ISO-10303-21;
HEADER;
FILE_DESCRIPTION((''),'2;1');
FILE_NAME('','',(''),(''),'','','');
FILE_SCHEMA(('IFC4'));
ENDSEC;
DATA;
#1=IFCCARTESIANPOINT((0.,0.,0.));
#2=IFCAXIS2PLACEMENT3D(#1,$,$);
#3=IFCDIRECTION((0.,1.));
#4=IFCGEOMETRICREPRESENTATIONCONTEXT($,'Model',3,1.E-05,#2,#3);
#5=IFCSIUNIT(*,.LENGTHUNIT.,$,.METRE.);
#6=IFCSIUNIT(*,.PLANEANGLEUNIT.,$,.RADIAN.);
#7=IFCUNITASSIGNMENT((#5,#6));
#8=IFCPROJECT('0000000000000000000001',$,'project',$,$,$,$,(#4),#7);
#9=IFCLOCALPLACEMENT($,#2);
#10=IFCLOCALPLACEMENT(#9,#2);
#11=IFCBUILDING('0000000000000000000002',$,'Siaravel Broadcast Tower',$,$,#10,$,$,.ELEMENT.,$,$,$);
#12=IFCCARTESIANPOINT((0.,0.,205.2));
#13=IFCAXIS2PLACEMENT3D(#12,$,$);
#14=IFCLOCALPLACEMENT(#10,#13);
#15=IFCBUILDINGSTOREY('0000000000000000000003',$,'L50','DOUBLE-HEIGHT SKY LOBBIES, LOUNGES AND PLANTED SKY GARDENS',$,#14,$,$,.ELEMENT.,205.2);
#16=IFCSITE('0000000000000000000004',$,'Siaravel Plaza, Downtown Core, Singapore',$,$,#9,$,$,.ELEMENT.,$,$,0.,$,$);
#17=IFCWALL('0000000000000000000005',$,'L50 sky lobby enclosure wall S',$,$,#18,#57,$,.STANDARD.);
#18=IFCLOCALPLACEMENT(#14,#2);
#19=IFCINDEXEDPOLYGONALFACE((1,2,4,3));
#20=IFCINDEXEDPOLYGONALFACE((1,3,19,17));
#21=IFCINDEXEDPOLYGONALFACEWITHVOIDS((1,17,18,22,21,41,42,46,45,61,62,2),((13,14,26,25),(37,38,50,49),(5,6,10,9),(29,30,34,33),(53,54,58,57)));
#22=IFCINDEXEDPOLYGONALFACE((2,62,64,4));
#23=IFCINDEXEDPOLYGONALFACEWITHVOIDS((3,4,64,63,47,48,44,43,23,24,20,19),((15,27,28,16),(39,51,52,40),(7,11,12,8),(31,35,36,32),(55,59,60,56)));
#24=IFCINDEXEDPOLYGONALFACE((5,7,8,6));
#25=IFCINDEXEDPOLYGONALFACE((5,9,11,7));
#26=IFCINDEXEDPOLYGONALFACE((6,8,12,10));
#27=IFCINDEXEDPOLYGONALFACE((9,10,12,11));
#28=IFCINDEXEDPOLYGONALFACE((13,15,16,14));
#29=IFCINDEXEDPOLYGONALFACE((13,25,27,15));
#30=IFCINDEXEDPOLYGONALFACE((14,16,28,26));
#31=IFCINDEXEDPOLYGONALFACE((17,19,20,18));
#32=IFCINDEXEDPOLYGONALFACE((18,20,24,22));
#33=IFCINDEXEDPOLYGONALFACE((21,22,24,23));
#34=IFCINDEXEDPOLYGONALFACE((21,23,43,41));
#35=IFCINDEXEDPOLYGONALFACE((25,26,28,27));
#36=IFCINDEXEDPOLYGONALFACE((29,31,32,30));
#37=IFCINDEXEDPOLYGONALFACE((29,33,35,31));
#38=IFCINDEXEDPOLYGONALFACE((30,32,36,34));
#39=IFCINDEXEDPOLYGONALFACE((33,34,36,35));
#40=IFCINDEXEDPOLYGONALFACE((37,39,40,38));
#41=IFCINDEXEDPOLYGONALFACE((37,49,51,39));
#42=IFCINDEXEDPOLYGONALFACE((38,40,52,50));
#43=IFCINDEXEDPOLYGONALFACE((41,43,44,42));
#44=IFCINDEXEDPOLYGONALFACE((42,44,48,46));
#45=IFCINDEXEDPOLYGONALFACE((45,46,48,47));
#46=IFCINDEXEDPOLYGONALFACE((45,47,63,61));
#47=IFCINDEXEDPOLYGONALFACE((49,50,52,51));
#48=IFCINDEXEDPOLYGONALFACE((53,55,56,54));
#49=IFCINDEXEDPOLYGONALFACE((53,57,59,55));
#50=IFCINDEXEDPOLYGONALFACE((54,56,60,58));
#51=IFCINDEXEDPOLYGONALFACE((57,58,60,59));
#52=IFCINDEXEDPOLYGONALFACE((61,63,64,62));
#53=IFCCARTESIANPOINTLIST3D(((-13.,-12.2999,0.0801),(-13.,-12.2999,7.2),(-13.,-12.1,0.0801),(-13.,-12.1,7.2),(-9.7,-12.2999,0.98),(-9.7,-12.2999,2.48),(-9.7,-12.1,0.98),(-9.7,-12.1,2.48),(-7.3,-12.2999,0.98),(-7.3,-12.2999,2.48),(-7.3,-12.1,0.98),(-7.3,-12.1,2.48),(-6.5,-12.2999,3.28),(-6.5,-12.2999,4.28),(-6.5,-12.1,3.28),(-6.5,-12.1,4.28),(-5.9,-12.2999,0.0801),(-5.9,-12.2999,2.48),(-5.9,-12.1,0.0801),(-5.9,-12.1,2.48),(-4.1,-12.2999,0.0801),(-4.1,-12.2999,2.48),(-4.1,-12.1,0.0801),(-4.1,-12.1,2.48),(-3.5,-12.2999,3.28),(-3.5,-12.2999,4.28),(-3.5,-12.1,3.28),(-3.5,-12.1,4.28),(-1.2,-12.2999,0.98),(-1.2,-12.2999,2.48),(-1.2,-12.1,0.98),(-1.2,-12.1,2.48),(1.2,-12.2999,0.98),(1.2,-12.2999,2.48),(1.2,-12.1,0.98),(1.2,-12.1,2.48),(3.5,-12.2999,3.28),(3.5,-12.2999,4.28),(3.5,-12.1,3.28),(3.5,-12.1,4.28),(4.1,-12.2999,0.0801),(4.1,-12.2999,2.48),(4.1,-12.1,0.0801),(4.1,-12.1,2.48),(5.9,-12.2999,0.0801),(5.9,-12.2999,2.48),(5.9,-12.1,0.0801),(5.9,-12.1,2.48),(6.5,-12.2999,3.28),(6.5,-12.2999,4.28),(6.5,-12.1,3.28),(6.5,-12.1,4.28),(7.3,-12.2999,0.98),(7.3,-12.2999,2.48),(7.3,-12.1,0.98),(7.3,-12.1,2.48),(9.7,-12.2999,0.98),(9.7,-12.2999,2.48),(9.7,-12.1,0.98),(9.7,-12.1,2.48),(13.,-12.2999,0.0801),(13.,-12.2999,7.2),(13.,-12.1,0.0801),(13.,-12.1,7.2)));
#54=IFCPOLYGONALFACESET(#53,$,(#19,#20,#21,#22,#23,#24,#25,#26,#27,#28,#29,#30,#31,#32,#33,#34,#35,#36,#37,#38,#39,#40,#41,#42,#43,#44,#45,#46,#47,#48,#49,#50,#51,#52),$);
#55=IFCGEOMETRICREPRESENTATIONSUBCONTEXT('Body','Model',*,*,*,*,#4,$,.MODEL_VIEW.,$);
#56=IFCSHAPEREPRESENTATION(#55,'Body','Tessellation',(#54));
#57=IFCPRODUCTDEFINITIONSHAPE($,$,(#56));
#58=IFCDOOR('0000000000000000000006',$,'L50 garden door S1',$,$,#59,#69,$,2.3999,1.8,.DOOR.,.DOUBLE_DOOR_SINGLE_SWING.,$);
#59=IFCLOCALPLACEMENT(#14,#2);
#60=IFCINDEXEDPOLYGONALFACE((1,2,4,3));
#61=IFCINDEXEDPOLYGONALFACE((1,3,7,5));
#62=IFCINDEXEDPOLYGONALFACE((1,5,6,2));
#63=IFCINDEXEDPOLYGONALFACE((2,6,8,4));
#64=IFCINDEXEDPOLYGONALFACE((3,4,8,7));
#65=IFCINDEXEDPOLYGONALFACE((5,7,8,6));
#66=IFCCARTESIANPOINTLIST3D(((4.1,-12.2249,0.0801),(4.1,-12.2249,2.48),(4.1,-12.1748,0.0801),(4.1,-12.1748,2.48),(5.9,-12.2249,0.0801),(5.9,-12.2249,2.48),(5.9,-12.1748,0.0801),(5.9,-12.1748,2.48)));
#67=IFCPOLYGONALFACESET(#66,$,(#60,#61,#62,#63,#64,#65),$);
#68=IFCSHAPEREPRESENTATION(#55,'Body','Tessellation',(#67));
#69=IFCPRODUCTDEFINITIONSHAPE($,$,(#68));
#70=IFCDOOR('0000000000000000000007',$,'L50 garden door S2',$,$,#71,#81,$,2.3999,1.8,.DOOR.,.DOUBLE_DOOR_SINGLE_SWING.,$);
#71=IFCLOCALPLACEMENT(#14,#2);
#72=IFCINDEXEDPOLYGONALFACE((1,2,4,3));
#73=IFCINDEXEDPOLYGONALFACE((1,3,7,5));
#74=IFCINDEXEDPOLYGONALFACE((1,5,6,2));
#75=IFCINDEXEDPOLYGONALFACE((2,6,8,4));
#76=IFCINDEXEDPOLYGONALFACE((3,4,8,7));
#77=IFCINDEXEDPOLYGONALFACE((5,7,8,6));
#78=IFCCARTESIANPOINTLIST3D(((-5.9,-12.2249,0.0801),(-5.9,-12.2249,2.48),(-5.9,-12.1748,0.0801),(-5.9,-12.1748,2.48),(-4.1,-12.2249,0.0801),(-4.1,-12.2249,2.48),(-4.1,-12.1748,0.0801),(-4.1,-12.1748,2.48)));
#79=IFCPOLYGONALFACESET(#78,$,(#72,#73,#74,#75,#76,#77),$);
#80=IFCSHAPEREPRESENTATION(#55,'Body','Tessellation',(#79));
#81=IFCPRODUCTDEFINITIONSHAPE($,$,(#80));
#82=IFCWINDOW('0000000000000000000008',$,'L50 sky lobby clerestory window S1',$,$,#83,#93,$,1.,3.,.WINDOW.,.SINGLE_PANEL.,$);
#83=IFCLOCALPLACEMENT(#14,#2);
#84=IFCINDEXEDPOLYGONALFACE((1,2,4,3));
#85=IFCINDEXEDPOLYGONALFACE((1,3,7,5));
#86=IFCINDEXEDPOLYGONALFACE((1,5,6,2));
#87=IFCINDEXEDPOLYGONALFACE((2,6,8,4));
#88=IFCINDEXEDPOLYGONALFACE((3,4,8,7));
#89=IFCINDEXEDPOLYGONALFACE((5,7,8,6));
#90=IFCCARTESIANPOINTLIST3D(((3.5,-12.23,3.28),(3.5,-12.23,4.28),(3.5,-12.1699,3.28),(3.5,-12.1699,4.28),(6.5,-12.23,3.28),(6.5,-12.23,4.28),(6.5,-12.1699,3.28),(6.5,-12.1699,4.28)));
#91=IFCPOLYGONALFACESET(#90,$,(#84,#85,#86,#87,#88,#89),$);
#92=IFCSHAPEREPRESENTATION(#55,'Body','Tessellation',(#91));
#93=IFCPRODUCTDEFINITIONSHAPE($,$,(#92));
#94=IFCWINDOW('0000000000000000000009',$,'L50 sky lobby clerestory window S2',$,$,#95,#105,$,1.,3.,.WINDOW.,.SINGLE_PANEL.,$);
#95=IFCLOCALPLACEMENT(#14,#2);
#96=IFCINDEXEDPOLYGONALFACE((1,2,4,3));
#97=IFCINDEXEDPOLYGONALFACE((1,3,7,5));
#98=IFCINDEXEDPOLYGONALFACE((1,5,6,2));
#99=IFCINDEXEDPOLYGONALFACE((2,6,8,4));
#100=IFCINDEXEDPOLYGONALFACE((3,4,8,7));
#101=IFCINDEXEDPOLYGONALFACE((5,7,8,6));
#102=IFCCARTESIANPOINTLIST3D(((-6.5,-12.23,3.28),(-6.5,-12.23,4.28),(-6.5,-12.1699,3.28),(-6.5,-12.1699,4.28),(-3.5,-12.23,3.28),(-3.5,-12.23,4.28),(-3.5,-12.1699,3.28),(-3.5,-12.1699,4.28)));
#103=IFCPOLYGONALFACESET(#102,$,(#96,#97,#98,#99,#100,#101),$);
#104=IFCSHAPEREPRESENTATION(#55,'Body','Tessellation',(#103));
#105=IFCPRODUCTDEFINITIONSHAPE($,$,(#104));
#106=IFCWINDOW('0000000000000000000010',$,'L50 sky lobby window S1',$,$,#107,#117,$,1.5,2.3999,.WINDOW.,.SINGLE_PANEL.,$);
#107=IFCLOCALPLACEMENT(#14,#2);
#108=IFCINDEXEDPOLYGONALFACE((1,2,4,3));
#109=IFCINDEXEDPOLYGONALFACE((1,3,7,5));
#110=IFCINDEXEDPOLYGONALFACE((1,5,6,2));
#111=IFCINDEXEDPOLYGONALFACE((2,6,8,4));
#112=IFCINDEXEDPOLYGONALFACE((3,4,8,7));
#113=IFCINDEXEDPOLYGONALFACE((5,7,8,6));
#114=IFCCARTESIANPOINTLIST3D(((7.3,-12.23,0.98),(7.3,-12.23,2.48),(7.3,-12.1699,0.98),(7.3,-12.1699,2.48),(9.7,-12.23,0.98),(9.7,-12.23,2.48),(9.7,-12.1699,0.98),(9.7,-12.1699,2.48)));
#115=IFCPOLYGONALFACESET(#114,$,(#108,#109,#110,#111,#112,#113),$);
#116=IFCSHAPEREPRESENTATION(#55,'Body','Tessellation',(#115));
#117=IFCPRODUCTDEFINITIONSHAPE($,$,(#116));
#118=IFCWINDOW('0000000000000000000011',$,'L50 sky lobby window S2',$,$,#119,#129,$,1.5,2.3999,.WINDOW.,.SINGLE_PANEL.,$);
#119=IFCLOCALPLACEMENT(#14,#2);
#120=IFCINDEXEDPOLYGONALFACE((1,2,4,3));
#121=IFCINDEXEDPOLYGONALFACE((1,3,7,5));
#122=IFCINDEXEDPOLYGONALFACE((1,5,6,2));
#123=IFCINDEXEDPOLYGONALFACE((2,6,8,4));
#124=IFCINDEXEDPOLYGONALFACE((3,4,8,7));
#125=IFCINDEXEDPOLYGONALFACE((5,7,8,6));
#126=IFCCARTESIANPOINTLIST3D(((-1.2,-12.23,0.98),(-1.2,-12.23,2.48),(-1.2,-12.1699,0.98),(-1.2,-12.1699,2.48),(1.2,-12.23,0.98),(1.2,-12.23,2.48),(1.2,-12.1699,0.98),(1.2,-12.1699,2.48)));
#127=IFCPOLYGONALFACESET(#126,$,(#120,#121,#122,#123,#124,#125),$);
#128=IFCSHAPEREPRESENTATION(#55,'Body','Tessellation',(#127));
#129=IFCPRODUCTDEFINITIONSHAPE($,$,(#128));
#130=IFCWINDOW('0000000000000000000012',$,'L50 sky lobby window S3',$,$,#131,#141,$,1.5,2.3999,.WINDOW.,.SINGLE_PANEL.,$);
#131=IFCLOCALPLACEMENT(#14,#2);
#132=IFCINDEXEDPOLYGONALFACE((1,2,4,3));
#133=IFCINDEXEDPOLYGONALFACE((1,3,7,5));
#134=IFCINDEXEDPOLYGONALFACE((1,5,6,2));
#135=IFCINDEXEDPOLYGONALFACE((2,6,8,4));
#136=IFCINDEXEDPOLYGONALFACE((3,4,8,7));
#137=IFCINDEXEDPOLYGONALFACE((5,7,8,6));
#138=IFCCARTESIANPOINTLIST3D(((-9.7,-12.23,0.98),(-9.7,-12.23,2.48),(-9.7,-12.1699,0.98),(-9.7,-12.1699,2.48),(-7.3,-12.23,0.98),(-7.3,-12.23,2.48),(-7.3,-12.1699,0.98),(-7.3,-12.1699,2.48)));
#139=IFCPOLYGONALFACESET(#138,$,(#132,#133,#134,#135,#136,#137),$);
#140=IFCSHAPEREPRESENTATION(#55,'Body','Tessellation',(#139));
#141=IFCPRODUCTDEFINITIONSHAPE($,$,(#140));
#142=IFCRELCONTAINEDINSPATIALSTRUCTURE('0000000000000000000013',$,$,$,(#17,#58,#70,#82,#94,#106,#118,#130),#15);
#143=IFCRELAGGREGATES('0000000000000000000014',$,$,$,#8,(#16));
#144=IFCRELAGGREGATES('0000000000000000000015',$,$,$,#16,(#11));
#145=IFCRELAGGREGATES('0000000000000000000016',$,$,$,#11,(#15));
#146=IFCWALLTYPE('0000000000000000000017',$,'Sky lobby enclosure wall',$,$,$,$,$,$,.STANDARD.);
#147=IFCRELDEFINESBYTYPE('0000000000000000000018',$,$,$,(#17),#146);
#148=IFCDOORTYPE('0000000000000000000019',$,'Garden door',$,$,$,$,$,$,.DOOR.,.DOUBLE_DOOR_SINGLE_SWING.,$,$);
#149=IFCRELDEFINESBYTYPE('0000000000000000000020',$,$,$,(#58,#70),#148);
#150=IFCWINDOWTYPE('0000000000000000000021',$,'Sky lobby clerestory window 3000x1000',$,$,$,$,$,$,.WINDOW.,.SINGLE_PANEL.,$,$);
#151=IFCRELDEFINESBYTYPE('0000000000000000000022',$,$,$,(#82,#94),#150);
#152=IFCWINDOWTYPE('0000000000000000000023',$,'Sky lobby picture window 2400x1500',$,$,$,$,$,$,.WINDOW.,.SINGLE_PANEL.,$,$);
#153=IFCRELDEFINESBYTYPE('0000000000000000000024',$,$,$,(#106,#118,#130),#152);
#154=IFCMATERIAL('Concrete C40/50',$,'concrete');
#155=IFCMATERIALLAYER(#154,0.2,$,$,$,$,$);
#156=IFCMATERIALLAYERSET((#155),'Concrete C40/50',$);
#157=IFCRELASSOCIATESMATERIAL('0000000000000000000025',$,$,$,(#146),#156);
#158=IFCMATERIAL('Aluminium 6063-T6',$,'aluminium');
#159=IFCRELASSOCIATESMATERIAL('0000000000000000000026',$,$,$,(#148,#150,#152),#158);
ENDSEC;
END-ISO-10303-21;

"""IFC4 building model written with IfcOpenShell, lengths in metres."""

from ifc_helpers import new_model, si_unit, direction, frame, frame_2d, origin, place, context, subcontext, project, spatial, rectangle, extrude, material, layer, layer_set, type_object, element, fill, save


model = new_model("IFC4")

# Units and contexts
model_context = context("Model", 3, precision=1e-05, world=origin(), true_north=direction((0.0, 1.0)))
body_context = subcontext(model_context, "Body", "Model", "MODEL_VIEW")
ifc_project = project(units=[si_unit("LENGTHUNIT", "METRE"), si_unit("PLANEANGLEUNIT", "RADIAN")], contexts=[model_context])

# Site, building, storey
site_placement = place(None, origin())
site = spatial("IfcSite", under=ifc_project, at=site_placement, Name="Siaravel Plaza, Downtown Core, Singapore", CompositionType="ELEMENT", RefElevation=0.0)
building_placement = place(site_placement, origin())
building = spatial("IfcBuilding", under=site, at=building_placement, Name="Siaravel Broadcast Tower", CompositionType="ELEMENT")
storey_placement = place(building_placement, frame((0.0, 0.0, 205.2)))
storey = spatial("IfcBuildingStorey", under=building, at=storey_placement, Name="L50", Description="DOUBLE-HEIGHT SKY LOBBIES, LOUNGES AND PLANTED SKY GARDENS", CompositionType="ELEMENT", Elevation=205.2)

# Wall, openings, doors, windows
ifc_material_1 = material(Name="Concrete C40/50", Category="concrete")
ifc_layer_1 = layer(ifc_material_1, 0.2)
ifc_layer_set_1 = layer_set([ifc_layer_1], Name="Concrete C40/50")
wall_type_1 = type_object("IfcWallType", Name="Sky lobby enclosure wall", PredefinedType="STANDARD", material=ifc_layer_set_1)
wall_1_placement = place(storey_placement, frame((13.0, -12.2, 0.0801), z_axis=(0.0, 0.0, 1.0), x_axis=(-1.0, 0.0, 0.0)))
wall_1 = element("IfcWall", 1, at=wall_1_placement, inside=storey, type_object=wall_type_1, Name="L50 sky lobby enclosure wall S", PredefinedType="STANDARD", context=body_context, shape_type="SweptSolid", body=[
    extrude(rectangle(XDim=26.0, YDim=0.2, at=frame_2d((13.0, 0.0))), origin(), (0.0, 0.0, 1.0), 7.1199),
])
opening_1_placement = place(wall_1_placement, frame((7.1001, 0.0, 0.0)))
opening_1 = element("IfcOpeningElement", 2, at=opening_1_placement, cuts=wall_1, PredefinedType="OPENING", context=body_context, shape_type="SweptSolid", body=[
    extrude(rectangle(XDim=1.8, YDim=2.3999, at=frame_2d((0.8999, 1.2))), frame((0.0, 0.1099, 0.0), z_axis=(0.0, -1.0, 0.0), x_axis=(1.0, 0.0, 0.0)), (0.0, 0.0, 1.0), 0.22),
])
opening_2_placement = place(wall_1_placement, frame((17.1001, 0.0, 0.0)))
opening_2 = element("IfcOpeningElement", 3, at=opening_2_placement, cuts=wall_1, PredefinedType="OPENING", context=body_context, shape_type="SweptSolid", body=[
    extrude(rectangle(XDim=1.8, YDim=2.3999, at=frame_2d((0.8999, 1.2))), frame((0.0, 0.1099, 0.0), z_axis=(0.0, -1.0, 0.0), x_axis=(1.0, 0.0, 0.0)), (0.0, 0.0, 1.0), 0.22),
])
opening_3_placement = place(wall_1_placement, frame((3.3, 0.0, 0.8999)))
opening_3 = element("IfcOpeningElement", 4, at=opening_3_placement, cuts=wall_1, PredefinedType="OPENING", context=body_context, shape_type="SweptSolid", body=[
    extrude(rectangle(XDim=2.3999, YDim=1.5, at=frame_2d((1.2, 0.75))), frame((0.0, 0.1099, 0.0), z_axis=(0.0, -1.0, 0.0), x_axis=(1.0, 0.0, 0.0)), (0.0, 0.0, 1.0), 0.22),
])
opening_4_placement = place(wall_1_placement, frame((11.8, 0.0, 0.8999)))
opening_4 = element("IfcOpeningElement", 5, at=opening_4_placement, cuts=wall_1, PredefinedType="OPENING", context=body_context, shape_type="SweptSolid", body=[
    extrude(rectangle(XDim=2.3999, YDim=1.5, at=frame_2d((1.2, 0.75))), frame((0.0, 0.1099, 0.0), z_axis=(0.0, -1.0, 0.0), x_axis=(1.0, 0.0, 0.0)), (0.0, 0.0, 1.0), 0.22),
])
opening_5_placement = place(wall_1_placement, frame((20.3, 0.0, 0.8999)))
opening_5 = element("IfcOpeningElement", 6, at=opening_5_placement, cuts=wall_1, PredefinedType="OPENING", context=body_context, shape_type="SweptSolid", body=[
    extrude(rectangle(XDim=2.3999, YDim=1.5, at=frame_2d((1.2, 0.75))), frame((0.0, 0.1099, 0.0), z_axis=(0.0, -1.0, 0.0), x_axis=(1.0, 0.0, 0.0)), (0.0, 0.0, 1.0), 0.22),
])
opening_6_placement = place(wall_1_placement, frame((6.5, 0.0, 3.2)))
opening_6 = element("IfcOpeningElement", 7, at=opening_6_placement, cuts=wall_1, PredefinedType="OPENING", context=body_context, shape_type="SweptSolid", body=[
    extrude(rectangle(XDim=3.0, YDim=1.0, at=frame_2d((1.5, 0.5))), frame((0.0, 0.1099, 0.0), z_axis=(0.0, -1.0, 0.0), x_axis=(1.0, 0.0, 0.0)), (0.0, 0.0, 1.0), 0.22),
])
opening_7_placement = place(wall_1_placement, frame((16.5, 0.0, 3.2)))
opening_7 = element("IfcOpeningElement", 8, at=opening_7_placement, cuts=wall_1, PredefinedType="OPENING", context=body_context, shape_type="SweptSolid", body=[
    extrude(rectangle(XDim=3.0, YDim=1.0, at=frame_2d((1.5, 0.5))), frame((0.0, 0.1099, 0.0), z_axis=(0.0, -1.0, 0.0), x_axis=(1.0, 0.0, 0.0)), (0.0, 0.0, 1.0), 0.22),
])
ifc_material_2 = material(Name="Aluminium 6063-T6", Category="aluminium")
door_type = type_object("IfcDoorType", Name="Garden door", OperationType="DOUBLE_DOOR_SINGLE_SWING", PredefinedType="DOOR", material=ifc_material_2)
door_1_placement = place(opening_1_placement, origin())
door_1 = element("IfcDoor", 9, at=door_1_placement, inside=storey, type_object=door_type, Name="L50 garden door S1", OperationType="DOUBLE_DOOR_SINGLE_SWING", OverallHeight=2.3999, OverallWidth=1.8, PredefinedType="DOOR", context=body_context, shape_type="SweptSolid", body=[
    extrude(rectangle(XDim=1.8, YDim=2.3999, at=frame_2d((0.8999, 1.2))), frame((0.0, 0.0249, 0.0), z_axis=(0.0, -1.0, 0.0), x_axis=(1.0, 0.0, 0.0)), (0.0, 0.0, 1.0), 0.05),
])
fill(opening_1, door_1)
door_2_placement = place(opening_2_placement, origin())
door_2 = element("IfcDoor", 10, at=door_2_placement, inside=storey, type_object=door_type, Name="L50 garden door S2", OperationType="DOUBLE_DOOR_SINGLE_SWING", OverallHeight=2.3999, OverallWidth=1.8, PredefinedType="DOOR", context=body_context, shape_type="SweptSolid", body=[
    extrude(rectangle(XDim=1.8, YDim=2.3999, at=frame_2d((0.8999, 1.2))), frame((0.0, 0.0249, 0.0), z_axis=(0.0, -1.0, 0.0), x_axis=(1.0, 0.0, 0.0)), (0.0, 0.0, 1.0), 0.05),
])
fill(opening_2, door_2)
window_type_1 = type_object("IfcWindowType", Name="Sky lobby clerestory window 3000x1000", PartitioningType="SINGLE_PANEL", PredefinedType="WINDOW", material=ifc_material_2)
window_1_placement = place(opening_6_placement, origin())
window_1 = element("IfcWindow", 11, at=window_1_placement, inside=storey, type_object=window_type_1, Name="L50 sky lobby clerestory window S1", OverallHeight=1.0, OverallWidth=3.0, PartitioningType="SINGLE_PANEL", PredefinedType="WINDOW", context=body_context, shape_type="SweptSolid", body=[
    extrude(rectangle(XDim=3.0, YDim=1.0, at=frame_2d((1.5, 0.5))), frame((0.0, 0.03, 0.0), z_axis=(0.0, -1.0, 0.0), x_axis=(1.0, 0.0, 0.0)), (0.0, 0.0, 1.0), 0.0601),
])
fill(opening_6, window_1)
window_2_placement = place(opening_7_placement, origin())
window_2 = element("IfcWindow", 12, at=window_2_placement, inside=storey, type_object=window_type_1, Name="L50 sky lobby clerestory window S2", OverallHeight=1.0, OverallWidth=3.0, PartitioningType="SINGLE_PANEL", PredefinedType="WINDOW", context=body_context, shape_type="SweptSolid", body=[
    extrude(rectangle(XDim=3.0, YDim=1.0, at=frame_2d((1.5, 0.5))), frame((0.0, 0.03, 0.0), z_axis=(0.0, -1.0, 0.0), x_axis=(1.0, 0.0, 0.0)), (0.0, 0.0, 1.0), 0.0601),
])
fill(opening_7, window_2)
window_type_2 = type_object("IfcWindowType", Name="Sky lobby picture window 2400x1500", PartitioningType="SINGLE_PANEL", PredefinedType="WINDOW", material=ifc_material_2)
window_3_placement = place(opening_3_placement, origin())
window_3 = element("IfcWindow", 13, at=window_3_placement, inside=storey, type_object=window_type_2, Name="L50 sky lobby window S1", OverallHeight=1.5, OverallWidth=2.3999, PartitioningType="SINGLE_PANEL", PredefinedType="WINDOW", context=body_context, shape_type="SweptSolid", body=[
    extrude(rectangle(XDim=2.3999, YDim=1.5, at=frame_2d((1.2, 0.75))), frame((0.0, 0.03, 0.0), z_axis=(0.0, -1.0, 0.0), x_axis=(1.0, 0.0, 0.0)), (0.0, 0.0, 1.0), 0.0601),
])
fill(opening_3, window_3)
window_4_placement = place(opening_4_placement, origin())
window_4 = element("IfcWindow", 14, at=window_4_placement, inside=storey, type_object=window_type_2, Name="L50 sky lobby window S2", OverallHeight=1.5, OverallWidth=2.3999, PartitioningType="SINGLE_PANEL", PredefinedType="WINDOW", context=body_context, shape_type="SweptSolid", body=[
    extrude(rectangle(XDim=2.3999, YDim=1.5, at=frame_2d((1.2, 0.75))), frame((0.0, 0.03, 0.0), z_axis=(0.0, -1.0, 0.0), x_axis=(1.0, 0.0, 0.0)), (0.0, 0.0, 1.0), 0.0601),
])
fill(opening_4, window_4)
window_5_placement = place(opening_5_placement, origin())
window_5 = element("IfcWindow", 15, at=window_5_placement, inside=storey, type_object=window_type_2, Name="L50 sky lobby window S3", OverallHeight=1.5, OverallWidth=2.3999, PartitioningType="SINGLE_PANEL", PredefinedType="WINDOW", context=body_context, shape_type="SweptSolid", body=[
    extrude(rectangle(XDim=2.3999, YDim=1.5, at=frame_2d((1.2, 0.75))), frame((0.0, 0.03, 0.0), z_axis=(0.0, -1.0, 0.0), x_axis=(1.0, 0.0, 0.0)), (0.0, 0.0, 1.0), 0.0601),
])
fill(opening_5, window_5)

save(model, "model.ifc")
